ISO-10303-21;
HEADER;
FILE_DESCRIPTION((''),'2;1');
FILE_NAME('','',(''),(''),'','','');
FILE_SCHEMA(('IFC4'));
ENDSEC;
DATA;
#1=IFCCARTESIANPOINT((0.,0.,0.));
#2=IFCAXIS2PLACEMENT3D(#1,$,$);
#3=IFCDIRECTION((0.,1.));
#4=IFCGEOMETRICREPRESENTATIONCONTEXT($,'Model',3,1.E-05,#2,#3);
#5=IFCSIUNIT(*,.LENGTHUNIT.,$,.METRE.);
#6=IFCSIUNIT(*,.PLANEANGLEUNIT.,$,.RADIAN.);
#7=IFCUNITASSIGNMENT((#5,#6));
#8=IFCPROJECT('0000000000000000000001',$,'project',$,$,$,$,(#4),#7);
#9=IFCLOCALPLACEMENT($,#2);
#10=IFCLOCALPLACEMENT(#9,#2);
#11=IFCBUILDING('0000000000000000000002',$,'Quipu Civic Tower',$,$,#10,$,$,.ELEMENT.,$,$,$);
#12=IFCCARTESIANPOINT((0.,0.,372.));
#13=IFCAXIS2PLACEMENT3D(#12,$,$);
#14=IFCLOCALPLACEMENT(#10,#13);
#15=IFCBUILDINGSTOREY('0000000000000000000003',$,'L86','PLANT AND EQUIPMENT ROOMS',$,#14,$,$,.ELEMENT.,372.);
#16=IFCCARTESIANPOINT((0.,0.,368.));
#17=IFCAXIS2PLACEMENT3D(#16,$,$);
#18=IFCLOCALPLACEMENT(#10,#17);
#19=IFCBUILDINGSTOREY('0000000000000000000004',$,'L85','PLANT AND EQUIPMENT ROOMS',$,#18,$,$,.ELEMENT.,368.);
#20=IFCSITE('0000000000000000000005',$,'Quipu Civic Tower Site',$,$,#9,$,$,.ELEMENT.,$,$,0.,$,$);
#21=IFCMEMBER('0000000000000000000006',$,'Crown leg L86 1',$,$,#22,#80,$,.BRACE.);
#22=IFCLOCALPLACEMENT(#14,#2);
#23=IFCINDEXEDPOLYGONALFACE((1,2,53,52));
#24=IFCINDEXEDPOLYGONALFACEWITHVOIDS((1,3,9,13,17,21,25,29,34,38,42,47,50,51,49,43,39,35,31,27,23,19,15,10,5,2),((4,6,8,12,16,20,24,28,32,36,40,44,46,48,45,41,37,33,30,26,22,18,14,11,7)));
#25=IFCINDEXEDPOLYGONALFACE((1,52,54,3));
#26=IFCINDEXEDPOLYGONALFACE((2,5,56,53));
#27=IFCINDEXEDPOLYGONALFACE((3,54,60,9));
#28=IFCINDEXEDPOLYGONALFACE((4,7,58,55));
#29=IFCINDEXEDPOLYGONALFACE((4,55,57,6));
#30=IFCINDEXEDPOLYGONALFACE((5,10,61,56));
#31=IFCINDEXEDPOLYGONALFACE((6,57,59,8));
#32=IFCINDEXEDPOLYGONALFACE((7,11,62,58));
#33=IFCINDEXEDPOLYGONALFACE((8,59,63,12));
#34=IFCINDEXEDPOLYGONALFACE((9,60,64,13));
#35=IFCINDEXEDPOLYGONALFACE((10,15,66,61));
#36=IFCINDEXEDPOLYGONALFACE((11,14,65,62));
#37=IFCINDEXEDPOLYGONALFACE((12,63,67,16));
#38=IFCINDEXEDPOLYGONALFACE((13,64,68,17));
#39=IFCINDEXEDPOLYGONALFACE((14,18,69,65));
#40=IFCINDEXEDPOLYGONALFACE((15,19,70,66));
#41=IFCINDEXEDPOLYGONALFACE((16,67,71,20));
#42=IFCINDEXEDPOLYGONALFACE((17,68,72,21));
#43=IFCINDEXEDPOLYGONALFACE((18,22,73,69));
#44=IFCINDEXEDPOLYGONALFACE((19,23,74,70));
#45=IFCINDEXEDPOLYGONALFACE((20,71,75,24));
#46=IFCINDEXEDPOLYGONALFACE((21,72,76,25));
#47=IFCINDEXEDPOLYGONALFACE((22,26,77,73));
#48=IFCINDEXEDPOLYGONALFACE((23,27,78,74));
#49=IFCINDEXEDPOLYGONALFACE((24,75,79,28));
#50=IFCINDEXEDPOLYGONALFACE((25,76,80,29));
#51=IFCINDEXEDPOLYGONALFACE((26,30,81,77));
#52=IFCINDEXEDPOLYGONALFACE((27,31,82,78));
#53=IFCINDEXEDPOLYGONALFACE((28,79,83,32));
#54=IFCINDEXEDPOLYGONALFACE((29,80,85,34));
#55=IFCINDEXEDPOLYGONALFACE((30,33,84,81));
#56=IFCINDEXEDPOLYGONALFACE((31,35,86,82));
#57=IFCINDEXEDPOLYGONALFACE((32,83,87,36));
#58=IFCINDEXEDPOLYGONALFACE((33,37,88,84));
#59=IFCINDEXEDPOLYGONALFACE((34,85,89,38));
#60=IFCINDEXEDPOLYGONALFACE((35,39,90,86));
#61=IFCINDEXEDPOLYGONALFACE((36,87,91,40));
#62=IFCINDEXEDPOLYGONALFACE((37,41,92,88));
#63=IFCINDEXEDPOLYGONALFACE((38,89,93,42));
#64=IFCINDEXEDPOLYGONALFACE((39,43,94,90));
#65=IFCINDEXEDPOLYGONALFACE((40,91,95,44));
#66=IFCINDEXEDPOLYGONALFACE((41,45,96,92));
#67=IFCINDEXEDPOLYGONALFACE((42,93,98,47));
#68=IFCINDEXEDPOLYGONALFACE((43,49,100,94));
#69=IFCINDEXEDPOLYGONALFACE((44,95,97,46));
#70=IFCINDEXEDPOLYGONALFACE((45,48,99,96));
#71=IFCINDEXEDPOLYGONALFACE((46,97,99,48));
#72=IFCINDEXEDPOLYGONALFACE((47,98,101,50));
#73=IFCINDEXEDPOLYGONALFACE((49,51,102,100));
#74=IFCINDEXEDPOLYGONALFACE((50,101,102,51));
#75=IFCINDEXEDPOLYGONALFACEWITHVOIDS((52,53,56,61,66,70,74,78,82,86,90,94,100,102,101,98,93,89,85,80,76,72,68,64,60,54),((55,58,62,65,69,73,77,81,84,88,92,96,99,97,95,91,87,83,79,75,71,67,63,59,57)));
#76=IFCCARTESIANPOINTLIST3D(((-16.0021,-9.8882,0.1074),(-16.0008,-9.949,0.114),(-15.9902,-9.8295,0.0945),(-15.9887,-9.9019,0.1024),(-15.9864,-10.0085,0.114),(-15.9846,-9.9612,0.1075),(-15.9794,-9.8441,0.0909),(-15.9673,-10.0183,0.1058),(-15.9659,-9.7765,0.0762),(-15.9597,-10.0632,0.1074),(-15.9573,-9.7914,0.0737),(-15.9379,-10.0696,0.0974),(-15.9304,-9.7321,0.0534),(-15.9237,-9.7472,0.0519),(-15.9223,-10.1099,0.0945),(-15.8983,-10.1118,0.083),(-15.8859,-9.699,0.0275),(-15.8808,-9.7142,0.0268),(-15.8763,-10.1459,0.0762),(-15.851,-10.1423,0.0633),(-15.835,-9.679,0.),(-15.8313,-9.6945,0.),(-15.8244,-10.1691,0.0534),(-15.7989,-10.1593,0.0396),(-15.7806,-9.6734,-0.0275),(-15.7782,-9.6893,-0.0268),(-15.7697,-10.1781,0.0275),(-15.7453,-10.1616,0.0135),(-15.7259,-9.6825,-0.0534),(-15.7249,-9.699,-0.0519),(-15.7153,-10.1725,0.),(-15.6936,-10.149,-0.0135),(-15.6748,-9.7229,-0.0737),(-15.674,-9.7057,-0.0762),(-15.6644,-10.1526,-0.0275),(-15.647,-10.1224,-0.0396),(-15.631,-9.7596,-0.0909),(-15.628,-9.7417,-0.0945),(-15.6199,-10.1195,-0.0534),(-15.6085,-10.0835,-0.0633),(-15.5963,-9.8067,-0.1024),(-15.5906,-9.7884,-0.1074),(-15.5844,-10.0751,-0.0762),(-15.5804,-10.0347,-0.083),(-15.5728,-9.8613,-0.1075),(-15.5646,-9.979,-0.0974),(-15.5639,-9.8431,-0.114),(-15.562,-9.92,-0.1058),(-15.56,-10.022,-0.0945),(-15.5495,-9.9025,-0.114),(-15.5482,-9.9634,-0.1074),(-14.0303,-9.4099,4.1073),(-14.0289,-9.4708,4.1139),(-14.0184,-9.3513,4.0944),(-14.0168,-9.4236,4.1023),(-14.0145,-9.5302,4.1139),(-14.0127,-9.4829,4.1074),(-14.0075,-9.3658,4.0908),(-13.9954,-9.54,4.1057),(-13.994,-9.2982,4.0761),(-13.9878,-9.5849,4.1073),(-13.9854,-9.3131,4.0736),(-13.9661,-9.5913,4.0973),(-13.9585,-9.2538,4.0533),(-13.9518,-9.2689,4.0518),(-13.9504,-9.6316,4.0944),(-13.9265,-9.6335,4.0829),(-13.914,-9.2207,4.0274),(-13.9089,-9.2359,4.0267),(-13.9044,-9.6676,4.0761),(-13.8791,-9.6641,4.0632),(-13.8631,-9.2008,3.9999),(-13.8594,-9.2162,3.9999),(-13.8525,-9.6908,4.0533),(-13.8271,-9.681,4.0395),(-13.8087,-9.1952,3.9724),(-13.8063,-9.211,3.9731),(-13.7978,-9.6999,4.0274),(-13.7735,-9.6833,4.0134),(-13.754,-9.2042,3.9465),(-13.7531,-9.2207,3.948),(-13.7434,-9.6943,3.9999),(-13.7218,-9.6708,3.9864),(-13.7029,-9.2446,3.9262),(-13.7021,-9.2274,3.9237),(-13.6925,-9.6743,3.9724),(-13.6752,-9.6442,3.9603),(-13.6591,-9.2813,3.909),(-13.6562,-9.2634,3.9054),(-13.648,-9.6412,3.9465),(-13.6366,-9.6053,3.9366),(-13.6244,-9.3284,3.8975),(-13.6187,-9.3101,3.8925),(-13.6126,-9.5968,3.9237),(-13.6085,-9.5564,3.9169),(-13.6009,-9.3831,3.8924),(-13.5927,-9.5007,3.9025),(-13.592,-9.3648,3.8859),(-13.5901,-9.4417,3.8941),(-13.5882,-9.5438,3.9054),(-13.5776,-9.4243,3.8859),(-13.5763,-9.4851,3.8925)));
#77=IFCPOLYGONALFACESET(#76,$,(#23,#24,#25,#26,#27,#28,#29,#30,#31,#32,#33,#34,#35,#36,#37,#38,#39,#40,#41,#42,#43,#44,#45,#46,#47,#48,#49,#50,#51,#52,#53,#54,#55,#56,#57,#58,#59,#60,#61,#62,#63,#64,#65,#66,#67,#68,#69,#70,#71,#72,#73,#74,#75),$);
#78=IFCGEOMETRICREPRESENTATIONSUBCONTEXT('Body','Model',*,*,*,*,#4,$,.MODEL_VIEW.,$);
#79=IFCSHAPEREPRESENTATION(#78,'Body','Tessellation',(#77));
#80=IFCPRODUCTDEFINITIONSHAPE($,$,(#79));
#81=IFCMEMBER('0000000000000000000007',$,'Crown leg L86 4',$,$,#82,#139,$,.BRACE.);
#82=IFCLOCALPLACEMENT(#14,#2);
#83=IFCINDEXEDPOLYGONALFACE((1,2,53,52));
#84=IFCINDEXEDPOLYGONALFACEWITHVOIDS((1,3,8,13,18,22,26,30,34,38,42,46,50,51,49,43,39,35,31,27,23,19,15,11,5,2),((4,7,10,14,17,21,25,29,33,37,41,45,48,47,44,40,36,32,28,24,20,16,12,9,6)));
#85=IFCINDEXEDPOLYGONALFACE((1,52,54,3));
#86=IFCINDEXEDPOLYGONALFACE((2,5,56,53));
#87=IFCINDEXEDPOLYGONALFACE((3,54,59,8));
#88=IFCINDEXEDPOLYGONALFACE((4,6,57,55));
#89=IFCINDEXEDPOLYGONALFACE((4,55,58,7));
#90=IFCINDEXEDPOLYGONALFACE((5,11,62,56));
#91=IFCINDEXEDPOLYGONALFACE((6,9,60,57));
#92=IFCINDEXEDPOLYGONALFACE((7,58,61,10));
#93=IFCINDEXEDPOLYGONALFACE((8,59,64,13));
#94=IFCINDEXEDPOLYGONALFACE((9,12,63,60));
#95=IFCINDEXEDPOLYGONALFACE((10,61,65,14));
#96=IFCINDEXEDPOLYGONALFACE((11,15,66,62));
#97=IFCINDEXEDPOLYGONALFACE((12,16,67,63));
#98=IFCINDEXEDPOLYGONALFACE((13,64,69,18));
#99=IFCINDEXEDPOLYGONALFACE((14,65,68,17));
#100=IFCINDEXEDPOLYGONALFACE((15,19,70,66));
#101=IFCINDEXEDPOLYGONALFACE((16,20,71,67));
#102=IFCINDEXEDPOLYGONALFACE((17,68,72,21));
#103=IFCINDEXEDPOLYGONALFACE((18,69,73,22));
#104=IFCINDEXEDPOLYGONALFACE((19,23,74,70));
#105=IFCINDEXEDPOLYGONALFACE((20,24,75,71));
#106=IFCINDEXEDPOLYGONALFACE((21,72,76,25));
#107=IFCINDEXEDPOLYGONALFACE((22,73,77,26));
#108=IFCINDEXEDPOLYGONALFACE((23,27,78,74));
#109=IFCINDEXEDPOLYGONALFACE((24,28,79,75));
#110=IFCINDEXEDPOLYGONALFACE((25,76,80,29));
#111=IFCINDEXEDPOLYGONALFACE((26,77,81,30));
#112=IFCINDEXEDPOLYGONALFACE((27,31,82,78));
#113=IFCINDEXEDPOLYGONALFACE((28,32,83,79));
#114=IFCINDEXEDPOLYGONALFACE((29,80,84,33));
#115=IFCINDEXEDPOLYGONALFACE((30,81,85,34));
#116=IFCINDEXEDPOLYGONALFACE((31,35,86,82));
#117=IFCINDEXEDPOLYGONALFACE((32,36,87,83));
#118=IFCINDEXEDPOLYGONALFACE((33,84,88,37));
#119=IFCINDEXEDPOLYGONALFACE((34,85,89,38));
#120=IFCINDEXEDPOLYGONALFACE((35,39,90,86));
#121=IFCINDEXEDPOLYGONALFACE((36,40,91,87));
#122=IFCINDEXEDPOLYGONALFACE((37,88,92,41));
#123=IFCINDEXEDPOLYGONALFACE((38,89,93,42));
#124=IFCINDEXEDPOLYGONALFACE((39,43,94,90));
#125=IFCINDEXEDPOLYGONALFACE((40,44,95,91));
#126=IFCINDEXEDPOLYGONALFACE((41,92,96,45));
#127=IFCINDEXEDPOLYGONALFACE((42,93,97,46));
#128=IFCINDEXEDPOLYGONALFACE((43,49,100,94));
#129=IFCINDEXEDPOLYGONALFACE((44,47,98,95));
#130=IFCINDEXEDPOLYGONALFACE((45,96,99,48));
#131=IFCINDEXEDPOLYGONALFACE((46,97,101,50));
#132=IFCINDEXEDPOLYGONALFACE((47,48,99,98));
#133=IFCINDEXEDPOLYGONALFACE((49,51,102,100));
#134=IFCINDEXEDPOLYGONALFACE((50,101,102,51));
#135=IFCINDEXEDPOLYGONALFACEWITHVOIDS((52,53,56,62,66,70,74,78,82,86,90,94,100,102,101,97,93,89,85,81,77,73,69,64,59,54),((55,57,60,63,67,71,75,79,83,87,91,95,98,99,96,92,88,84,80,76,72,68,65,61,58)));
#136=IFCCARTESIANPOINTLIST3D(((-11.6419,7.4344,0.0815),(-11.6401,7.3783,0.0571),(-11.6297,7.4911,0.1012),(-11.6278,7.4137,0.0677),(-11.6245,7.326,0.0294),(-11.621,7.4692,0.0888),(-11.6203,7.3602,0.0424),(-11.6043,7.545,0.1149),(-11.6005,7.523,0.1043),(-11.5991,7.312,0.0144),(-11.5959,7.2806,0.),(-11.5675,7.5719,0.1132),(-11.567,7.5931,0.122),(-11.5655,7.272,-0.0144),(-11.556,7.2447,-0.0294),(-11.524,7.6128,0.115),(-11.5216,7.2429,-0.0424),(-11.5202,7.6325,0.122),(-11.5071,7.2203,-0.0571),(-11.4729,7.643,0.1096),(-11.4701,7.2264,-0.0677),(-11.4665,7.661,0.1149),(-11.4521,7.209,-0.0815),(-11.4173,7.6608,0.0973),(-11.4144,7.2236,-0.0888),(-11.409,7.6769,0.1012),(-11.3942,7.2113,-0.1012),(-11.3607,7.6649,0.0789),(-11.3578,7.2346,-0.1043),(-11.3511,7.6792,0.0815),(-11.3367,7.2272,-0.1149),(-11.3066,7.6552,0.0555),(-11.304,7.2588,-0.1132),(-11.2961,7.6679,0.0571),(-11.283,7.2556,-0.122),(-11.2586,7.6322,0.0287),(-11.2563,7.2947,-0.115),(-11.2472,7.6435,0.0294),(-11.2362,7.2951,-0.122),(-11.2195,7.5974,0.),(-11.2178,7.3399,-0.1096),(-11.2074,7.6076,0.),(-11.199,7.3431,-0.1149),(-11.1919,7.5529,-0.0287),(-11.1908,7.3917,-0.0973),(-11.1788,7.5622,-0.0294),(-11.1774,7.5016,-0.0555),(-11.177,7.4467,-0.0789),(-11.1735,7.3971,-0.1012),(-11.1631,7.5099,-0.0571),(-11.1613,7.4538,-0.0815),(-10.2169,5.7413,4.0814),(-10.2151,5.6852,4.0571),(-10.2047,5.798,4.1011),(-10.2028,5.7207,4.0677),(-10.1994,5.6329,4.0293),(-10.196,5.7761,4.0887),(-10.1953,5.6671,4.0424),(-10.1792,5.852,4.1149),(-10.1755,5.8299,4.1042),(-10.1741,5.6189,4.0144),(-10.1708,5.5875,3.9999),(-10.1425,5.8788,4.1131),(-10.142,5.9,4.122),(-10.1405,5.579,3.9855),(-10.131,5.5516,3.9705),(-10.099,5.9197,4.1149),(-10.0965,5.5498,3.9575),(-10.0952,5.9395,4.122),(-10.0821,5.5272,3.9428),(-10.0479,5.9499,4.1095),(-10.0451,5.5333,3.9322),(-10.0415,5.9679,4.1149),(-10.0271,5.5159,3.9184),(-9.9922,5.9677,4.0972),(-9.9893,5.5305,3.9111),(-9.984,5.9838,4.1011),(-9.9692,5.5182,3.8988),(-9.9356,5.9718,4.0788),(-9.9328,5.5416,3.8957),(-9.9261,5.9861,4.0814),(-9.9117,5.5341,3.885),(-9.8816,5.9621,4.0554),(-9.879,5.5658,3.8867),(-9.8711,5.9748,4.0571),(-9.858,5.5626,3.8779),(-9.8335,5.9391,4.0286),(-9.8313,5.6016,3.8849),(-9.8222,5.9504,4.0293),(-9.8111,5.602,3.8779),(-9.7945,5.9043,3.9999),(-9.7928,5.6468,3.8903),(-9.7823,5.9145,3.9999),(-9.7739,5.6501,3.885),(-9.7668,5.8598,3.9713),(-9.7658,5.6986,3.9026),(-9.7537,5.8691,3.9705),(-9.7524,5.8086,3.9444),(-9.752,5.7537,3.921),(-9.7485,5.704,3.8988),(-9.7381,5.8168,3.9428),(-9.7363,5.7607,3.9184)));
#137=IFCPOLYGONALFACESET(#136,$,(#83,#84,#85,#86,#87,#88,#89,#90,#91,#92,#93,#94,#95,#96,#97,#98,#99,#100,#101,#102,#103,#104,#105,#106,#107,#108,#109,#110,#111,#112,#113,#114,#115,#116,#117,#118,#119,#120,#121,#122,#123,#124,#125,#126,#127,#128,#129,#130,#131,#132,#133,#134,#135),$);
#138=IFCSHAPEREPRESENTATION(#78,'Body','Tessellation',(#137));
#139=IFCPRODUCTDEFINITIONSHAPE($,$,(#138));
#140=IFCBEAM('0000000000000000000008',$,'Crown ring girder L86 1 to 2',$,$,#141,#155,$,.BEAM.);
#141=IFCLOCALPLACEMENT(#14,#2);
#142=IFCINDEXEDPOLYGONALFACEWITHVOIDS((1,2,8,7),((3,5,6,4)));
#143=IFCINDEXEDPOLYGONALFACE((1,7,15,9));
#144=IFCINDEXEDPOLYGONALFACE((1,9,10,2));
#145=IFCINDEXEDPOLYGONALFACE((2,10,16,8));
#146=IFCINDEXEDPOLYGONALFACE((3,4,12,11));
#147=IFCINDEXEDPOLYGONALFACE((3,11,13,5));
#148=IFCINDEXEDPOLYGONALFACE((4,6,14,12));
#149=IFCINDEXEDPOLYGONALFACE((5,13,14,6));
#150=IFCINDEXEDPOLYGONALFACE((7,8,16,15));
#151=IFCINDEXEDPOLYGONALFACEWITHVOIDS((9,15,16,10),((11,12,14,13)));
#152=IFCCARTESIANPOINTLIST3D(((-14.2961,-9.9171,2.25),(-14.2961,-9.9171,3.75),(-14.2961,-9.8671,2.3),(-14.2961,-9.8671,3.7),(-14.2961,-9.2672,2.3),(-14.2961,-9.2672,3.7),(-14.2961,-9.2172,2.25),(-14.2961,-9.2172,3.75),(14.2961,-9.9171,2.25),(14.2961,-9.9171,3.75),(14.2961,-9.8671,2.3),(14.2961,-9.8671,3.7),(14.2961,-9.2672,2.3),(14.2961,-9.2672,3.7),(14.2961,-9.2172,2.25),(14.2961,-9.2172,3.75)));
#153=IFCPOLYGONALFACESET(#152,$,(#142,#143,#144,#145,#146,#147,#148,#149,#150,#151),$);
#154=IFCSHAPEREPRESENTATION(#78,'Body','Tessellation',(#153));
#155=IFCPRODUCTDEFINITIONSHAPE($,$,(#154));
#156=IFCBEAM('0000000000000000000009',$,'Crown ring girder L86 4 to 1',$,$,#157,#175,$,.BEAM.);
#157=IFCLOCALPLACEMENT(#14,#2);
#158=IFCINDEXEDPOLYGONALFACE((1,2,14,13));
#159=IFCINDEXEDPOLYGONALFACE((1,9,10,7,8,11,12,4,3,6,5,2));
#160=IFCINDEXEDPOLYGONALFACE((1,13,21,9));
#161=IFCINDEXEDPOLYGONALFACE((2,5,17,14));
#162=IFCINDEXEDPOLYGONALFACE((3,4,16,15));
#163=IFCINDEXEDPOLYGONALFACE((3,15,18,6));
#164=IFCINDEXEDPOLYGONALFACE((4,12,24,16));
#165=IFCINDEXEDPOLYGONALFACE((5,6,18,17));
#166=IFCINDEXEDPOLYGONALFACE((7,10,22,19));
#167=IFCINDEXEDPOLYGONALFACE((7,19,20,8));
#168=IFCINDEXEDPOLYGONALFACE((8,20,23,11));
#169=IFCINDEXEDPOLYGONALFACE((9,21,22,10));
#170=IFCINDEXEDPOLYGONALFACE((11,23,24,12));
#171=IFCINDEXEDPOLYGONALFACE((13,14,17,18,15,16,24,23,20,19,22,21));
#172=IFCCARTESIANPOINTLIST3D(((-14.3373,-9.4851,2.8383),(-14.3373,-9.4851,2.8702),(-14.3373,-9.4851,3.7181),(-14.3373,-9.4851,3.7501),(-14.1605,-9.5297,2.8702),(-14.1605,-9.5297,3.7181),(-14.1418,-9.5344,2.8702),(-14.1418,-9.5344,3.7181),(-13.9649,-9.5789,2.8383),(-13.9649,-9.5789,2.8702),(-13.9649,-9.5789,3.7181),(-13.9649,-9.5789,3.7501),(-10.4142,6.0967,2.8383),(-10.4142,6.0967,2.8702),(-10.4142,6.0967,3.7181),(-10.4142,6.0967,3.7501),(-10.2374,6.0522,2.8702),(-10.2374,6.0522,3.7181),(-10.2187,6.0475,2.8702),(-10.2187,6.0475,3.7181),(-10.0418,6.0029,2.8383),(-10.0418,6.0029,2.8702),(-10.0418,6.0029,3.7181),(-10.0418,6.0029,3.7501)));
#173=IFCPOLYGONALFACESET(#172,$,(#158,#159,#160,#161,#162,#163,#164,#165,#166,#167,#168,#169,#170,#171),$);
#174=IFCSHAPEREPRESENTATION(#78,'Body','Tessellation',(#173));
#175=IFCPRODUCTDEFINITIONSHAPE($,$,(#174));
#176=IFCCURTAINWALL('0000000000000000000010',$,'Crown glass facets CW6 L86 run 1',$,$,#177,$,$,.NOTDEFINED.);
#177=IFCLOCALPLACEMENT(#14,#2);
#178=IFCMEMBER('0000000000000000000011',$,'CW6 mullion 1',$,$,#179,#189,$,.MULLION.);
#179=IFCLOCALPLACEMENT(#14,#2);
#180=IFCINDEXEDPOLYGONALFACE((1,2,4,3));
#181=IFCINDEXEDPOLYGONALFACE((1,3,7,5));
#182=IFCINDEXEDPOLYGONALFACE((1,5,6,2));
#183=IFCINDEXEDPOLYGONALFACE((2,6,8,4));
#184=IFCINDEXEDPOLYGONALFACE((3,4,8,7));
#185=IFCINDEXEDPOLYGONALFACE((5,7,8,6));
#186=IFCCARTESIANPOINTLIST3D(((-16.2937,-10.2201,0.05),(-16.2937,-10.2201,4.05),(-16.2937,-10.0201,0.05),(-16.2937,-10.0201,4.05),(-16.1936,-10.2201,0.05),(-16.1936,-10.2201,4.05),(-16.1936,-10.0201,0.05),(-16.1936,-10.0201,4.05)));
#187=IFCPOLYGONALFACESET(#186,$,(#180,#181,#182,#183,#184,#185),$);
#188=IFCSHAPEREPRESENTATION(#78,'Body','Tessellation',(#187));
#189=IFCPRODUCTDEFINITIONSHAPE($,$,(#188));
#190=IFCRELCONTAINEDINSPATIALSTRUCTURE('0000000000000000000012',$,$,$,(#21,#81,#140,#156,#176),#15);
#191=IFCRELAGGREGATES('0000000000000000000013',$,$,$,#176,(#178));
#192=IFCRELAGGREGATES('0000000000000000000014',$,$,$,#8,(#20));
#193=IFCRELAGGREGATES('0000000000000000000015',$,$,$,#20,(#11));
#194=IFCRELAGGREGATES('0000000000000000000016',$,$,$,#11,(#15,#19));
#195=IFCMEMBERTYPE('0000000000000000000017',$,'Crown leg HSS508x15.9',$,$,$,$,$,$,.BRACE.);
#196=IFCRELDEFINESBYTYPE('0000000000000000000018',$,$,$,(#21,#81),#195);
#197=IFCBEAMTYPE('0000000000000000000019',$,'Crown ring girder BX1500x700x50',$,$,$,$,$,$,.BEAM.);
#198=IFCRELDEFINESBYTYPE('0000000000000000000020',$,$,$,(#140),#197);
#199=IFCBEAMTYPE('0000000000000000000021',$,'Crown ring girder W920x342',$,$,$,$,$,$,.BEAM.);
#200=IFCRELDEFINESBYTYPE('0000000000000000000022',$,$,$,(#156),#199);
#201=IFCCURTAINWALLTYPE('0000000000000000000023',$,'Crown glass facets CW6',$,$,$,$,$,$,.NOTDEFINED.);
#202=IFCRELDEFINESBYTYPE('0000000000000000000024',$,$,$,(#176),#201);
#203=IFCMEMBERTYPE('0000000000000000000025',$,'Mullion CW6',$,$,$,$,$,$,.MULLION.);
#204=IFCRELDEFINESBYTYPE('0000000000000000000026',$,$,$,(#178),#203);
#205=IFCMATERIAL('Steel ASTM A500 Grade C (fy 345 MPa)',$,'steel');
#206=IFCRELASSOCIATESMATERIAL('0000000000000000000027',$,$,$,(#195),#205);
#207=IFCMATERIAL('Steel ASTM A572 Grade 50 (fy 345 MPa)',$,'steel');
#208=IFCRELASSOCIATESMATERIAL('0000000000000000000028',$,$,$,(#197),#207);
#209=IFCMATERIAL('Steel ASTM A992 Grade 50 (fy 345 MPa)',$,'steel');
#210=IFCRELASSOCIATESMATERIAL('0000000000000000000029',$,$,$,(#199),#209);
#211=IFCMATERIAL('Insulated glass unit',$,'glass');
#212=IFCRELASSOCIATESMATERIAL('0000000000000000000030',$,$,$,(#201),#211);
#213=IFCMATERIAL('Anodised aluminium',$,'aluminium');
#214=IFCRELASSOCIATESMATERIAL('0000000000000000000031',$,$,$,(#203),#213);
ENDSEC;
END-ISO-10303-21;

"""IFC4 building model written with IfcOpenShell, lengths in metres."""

from ifc_helpers import new_model, si_unit, direction, frame, origin, origin_2d, place, context, subcontext, project, spatial, rectangle, hollow_rectangle, hollow_circle, i_section, extrude, material, material_profile, profile_set, type_object, element, aggregate, save


model = new_model("IFC4")

# Units and contexts
model_context = context("Model", 3, precision=1e-05, world=origin(), true_north=direction((0.0, 1.0)))
body_context = subcontext(model_context, "Body", "Model", "MODEL_VIEW")
ifc_project = project(units=[si_unit("LENGTHUNIT", "METRE"), si_unit("PLANEANGLEUNIT", "RADIAN")], contexts=[model_context])

# Site, building, storey
site_placement = place(None, origin())
site = spatial("IfcSite", under=ifc_project, at=site_placement, Name="Quipu Civic Tower Site", CompositionType="ELEMENT", RefElevation=0.0)
building_placement = place(site_placement, origin())
building = spatial("IfcBuilding", under=site, at=building_placement, Name="Quipu Civic Tower", CompositionType="ELEMENT")
storey_1_placement = place(building_placement, frame((0.0, 0.0, 372.0)))
storey_1 = spatial("IfcBuildingStorey", under=building, at=storey_1_placement, Name="L86", Description="PLANT AND EQUIPMENT ROOMS", CompositionType="ELEMENT", Elevation=372.0)

# Members
ifc_material_1 = material(Name="Steel ASTM A500 Grade C (fy 345 MPa)", Category="steel")
ifc_material_profile_1 = material_profile(ifc_material_1, hollow_circle(Radius=0.2539, WallThickness=0.0159, at=origin_2d()), Name="HSS508x15.9")
ifc_profile_set_1 = profile_set([ifc_material_profile_1], Name="Steel ASTM A500 Grade C (fy 345 MPa)")
member_type_1 = type_object("IfcMemberType", Name="Crown leg HSS508x15.9", PredefinedType="BRACE", material=ifc_profile_set_1)
member_1_placement = place(storey_1_placement, frame((-15.7751, -9.9258, 0.0), z_axis=(0.439649, 0.106633, 0.891817), x_axis=(-0.235707, 0.971824, 0.0)))
element("IfcMember", 1, at=member_1_placement, inside=storey_1, type_object=member_type_1, Name="Crown leg L86 1", PredefinedType="BRACE", context=body_context, shape_type="SweptSolid", body=[
    extrude(hollow_circle(Radius=0.2539, WallThickness=0.0159, at=origin_2d()), origin(), (0.0, 0.0, 1.0), 4.4851),
])
member_2_placement = place(storey_1_placement, frame((-11.4016, 7.4441, 0.0), z_axis=(0.311734, -0.370374, 0.875012), x_axis=(0.765074, 0.643942, 0.0)))
element("IfcMember", 2, at=member_2_placement, inside=storey_1, type_object=member_type_1, Name="Crown leg L86 4", PredefinedType="BRACE", context=body_context, shape_type="SweptSolid", body=[
    extrude(hollow_circle(Radius=0.2539, WallThickness=0.0159, at=origin_2d()), origin(), (0.0, 0.0, 1.0), 4.5713),
])

# Beams
ifc_material_2 = material(Name="Steel ASTM A572 Grade 50 (fy 345 MPa)", Category="steel")
ifc_material_profile_2 = material_profile(ifc_material_2, hollow_rectangle(XDim=0.7, YDim=1.5, WallThickness=0.05, at=origin_2d()), Name="BX1500x700x50")
ifc_profile_set_2 = profile_set([ifc_material_profile_2], Name="Steel ASTM A572 Grade 50 (fy 345 MPa)")
beam_type_1 = type_object("IfcBeamType", Name="Crown ring girder BX1500x700x50", PredefinedType="BEAM", material=ifc_profile_set_2)
beam_1_placement = place(storey_1_placement, frame((-14.2961, -9.5671, 3.0), z_axis=(1.0, 0.0, 0.0), x_axis=(0.0, 1.0, 0.0)))
element("IfcBeam", 3, at=beam_1_placement, inside=storey_1, type_object=beam_type_1, Name="Crown ring girder L86 1 to 2", PredefinedType="BEAM", context=body_context, shape_type="SweptSolid", body=[
    extrude(hollow_rectangle(XDim=0.7, YDim=1.5, WallThickness=0.05, at=origin_2d()), origin(), (0.0, 0.0, 1.0), 28.5923),
])
ifc_material_3 = material(Name="Steel ASTM A992 Grade 50 (fy 345 MPa)", Category="steel")
ifc_material_profile_3 = material_profile(ifc_material_3, i_section(OverallWidth=0.384, OverallDepth=0.9119, WebThickness=0.0193, FlangeThickness=0.032, at=origin_2d()), Name="W920x342")
ifc_profile_set_3 = profile_set([ifc_material_profile_3], Name="Steel ASTM A992 Grade 50 (fy 345 MPa)")
beam_type_2 = type_object("IfcBeamType", Name="Crown ring girder W920x342", PredefinedType="BEAM", material=ifc_profile_set_3)
beam_2_placement = place(storey_1_placement, frame((-10.228, 6.0498, 3.2942), z_axis=(-0.244155, -0.969736, 0.0), x_axis=(0.969736, -0.244155, 0.0)))
element("IfcBeam", 4, at=beam_2_placement, inside=storey_1, type_object=beam_type_2, Name="Crown ring girder L86 4 to 1", PredefinedType="BEAM", context=body_context, shape_type="SweptSolid", body=[
    extrude(i_section(OverallWidth=0.384, OverallDepth=0.9119, WebThickness=0.0193, FlangeThickness=0.032, at=origin_2d()), origin(), (0.0, 0.0, 1.0), 16.0681),
])

# Curtain wall, member
ifc_material_4 = material(Name="Insulated glass unit", Category="glass")
curtain_wall_type_1 = type_object("IfcCurtainWallType", Name="Crown glass facets CW6", PredefinedType="NOTDEFINED", material=ifc_material_4)
curtain_wall_1_placement = place(storey_1_placement, origin())
curtain_wall_1 = element("IfcCurtainWall", 5, at=curtain_wall_1_placement, inside=storey_1, type_object=curtain_wall_type_1, Name="Crown glass facets CW6 L86 run 1", PredefinedType="NOTDEFINED")
ifc_material_5 = material(Name="Anodised aluminium", Category="aluminium")
ifc_material_profile_4 = material_profile(ifc_material_5, rectangle(XDim=0.2, YDim=0.1001, at=origin_2d()), Name="RECT 200x100")
ifc_profile_set_4 = profile_set([ifc_material_profile_4], Name="Anodised aluminium")
member_type_2 = type_object("IfcMemberType", Name="Mullion CW6", PredefinedType="MULLION", material=ifc_profile_set_4)
member_3_placement = place(storey_1_placement, frame((-16.2437, -10.1201, 0.05), z_axis=(0.0, 0.0, 1.0), x_axis=(0.0, 1.0, 0.0)))
member_3 = element("IfcMember", 6, at=member_3_placement, type_object=member_type_2, Name="CW6 mullion 1", PredefinedType="MULLION", context=body_context, shape_type="SweptSolid", body=[
    extrude(rectangle(XDim=0.2, YDim=0.1001, at=origin_2d()), origin(), (0.0, 0.0, 1.0), 4.0),
])

# Shared definitions
storey_2_placement = place(building_placement, frame((0.0, 0.0, 368.0)))
storey_2 = spatial("IfcBuildingStorey", under=building, at=storey_2_placement, Name="L85", Description="PLANT AND EQUIPMENT ROOMS", CompositionType="ELEMENT", Elevation=368.0)

aggregate(curtain_wall_1, [member_3])

save(model, "model.ifc")
